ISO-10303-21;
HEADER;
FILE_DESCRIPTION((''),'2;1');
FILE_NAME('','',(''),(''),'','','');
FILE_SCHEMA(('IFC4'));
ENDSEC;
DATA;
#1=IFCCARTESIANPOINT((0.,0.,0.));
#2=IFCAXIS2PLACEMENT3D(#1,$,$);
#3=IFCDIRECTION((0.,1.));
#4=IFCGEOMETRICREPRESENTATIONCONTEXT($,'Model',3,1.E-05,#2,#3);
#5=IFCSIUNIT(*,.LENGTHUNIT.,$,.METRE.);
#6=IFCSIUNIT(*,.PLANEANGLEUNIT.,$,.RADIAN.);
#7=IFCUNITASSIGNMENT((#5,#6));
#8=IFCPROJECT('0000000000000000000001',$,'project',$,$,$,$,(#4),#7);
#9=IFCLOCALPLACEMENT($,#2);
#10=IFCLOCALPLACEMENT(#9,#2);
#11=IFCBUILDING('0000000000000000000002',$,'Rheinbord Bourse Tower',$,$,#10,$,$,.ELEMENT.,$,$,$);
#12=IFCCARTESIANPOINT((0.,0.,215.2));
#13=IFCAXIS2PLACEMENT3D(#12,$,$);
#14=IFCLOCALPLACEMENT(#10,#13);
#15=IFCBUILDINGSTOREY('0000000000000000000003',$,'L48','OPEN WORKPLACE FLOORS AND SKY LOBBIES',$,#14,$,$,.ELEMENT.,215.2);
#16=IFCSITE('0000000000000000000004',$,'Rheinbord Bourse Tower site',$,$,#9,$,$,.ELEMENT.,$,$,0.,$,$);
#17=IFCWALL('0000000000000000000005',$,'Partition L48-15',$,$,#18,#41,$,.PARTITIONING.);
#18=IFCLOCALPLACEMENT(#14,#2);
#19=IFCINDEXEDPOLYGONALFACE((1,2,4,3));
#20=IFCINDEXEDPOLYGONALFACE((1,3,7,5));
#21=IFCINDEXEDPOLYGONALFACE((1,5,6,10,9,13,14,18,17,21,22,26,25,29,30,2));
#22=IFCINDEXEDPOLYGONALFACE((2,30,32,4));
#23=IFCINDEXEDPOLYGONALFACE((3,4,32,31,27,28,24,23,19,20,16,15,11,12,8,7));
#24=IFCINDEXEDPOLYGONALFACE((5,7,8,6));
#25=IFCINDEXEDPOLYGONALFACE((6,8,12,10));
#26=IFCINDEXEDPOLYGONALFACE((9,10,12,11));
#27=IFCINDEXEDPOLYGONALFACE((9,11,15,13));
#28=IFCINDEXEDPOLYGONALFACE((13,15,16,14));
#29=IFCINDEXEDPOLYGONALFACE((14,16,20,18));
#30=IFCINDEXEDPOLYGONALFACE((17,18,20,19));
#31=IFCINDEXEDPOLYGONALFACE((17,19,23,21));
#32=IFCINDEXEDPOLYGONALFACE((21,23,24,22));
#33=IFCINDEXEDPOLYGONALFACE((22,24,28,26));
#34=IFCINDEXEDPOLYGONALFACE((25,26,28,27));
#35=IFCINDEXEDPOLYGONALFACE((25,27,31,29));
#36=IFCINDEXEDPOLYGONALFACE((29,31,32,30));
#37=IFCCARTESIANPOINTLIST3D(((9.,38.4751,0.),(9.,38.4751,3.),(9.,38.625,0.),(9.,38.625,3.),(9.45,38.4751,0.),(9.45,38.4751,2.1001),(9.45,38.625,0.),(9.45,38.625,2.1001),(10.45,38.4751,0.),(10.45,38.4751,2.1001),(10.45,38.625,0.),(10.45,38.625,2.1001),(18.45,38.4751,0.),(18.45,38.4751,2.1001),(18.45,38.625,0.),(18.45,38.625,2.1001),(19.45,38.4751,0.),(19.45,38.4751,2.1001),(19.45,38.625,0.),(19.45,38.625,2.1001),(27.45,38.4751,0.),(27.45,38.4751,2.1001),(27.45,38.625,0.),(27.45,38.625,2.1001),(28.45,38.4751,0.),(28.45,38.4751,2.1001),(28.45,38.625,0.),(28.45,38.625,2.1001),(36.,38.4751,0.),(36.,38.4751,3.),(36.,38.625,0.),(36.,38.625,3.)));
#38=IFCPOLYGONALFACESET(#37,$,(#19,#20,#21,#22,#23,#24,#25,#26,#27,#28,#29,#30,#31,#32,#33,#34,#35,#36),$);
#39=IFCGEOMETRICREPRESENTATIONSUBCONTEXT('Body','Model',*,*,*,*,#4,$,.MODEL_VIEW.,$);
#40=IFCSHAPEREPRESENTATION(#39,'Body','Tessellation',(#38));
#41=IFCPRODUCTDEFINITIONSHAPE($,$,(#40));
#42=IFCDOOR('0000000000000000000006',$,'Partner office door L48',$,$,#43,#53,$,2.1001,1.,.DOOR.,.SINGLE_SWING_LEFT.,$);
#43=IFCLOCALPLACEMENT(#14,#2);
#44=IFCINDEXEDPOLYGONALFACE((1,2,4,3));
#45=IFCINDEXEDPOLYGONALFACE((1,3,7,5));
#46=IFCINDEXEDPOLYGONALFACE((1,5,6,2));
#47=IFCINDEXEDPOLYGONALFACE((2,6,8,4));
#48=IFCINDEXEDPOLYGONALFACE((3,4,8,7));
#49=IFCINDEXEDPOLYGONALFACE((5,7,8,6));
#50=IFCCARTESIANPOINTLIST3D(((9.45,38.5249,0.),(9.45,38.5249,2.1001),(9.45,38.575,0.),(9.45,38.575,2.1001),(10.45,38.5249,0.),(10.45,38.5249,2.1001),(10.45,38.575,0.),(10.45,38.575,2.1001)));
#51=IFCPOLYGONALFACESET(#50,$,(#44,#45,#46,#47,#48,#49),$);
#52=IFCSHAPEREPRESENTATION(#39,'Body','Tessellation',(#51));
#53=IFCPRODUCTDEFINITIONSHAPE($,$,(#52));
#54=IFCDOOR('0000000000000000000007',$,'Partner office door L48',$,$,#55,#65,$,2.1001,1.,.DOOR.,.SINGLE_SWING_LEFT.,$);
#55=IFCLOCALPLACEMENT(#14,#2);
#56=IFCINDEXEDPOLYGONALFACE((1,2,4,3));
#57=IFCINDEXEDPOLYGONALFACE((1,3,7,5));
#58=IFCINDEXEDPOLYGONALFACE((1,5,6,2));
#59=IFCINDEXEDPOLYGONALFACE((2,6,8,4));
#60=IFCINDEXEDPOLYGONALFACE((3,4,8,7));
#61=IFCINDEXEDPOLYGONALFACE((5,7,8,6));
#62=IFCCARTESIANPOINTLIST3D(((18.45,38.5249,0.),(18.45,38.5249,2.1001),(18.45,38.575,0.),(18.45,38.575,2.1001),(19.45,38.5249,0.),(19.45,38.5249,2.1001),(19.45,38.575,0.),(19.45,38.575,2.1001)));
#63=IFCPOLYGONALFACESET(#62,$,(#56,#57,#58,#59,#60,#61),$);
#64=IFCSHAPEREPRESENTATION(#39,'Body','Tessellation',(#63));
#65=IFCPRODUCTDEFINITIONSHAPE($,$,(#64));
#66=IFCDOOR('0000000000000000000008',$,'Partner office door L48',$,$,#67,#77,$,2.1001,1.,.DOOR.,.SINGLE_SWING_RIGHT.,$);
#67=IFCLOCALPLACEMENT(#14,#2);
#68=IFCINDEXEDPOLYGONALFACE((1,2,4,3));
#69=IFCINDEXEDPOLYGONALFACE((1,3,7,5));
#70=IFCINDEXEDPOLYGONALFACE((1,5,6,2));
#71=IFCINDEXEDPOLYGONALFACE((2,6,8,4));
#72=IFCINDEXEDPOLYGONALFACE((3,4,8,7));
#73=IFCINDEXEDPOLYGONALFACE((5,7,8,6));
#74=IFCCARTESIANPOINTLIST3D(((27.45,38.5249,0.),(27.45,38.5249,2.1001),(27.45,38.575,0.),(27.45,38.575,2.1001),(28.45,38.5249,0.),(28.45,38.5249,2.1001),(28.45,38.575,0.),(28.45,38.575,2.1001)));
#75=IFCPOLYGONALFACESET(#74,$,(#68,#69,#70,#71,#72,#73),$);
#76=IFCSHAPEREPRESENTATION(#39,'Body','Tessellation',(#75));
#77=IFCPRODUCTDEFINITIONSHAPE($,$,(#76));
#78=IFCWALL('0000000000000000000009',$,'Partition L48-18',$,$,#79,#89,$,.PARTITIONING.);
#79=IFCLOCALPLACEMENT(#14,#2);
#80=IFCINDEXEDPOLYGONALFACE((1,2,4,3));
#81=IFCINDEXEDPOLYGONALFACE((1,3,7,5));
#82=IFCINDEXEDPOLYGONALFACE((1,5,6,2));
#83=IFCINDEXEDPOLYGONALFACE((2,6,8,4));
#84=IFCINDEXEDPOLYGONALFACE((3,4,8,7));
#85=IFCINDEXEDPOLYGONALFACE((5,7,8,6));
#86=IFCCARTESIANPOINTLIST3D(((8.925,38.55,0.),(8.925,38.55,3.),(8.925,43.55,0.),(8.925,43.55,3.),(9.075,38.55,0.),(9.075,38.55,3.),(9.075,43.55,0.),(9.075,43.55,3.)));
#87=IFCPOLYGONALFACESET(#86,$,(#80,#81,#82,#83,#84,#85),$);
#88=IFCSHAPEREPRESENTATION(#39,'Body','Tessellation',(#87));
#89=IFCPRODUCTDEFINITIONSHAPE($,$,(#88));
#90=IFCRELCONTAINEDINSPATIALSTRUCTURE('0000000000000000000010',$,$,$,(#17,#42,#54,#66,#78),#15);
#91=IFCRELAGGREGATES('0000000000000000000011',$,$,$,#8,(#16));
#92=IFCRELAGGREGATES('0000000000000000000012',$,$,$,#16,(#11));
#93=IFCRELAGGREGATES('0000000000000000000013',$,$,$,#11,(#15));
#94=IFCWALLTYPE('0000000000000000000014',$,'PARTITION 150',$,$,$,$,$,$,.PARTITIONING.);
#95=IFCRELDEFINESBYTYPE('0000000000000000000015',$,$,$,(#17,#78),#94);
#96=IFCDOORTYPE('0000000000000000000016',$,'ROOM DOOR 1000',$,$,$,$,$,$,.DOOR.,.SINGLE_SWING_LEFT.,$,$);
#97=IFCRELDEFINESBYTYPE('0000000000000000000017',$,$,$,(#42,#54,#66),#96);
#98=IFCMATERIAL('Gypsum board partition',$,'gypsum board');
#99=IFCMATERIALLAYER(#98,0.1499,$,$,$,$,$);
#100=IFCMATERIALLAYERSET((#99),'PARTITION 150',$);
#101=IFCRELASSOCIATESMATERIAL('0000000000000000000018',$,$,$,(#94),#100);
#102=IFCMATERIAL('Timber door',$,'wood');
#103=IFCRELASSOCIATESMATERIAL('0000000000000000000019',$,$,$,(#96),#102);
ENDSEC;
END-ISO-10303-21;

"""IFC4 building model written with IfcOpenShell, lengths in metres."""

from ifc_helpers import new_model, si_unit, direction, frame, frame_2d, origin, place, context, subcontext, project, spatial, rectangle, extrude, material, layer, layer_set, type_object, element, fill, save


model = new_model("IFC4")

# Units and contexts
model_context = context("Model", 3, precision=1e-05, world=origin(), true_north=direction((0.0, 1.0)))
body_context = subcontext(model_context, "Body", "Model", "MODEL_VIEW")
ifc_project = project(units=[si_unit("LENGTHUNIT", "METRE"), si_unit("PLANEANGLEUNIT", "RADIAN")], contexts=[model_context])

# Site, building, storey
site_placement = place(None, origin())
site = spatial("IfcSite", under=ifc_project, at=site_placement, Name="Rheinbord Bourse Tower site", CompositionType="ELEMENT", RefElevation=0.0)
building_placement = place(site_placement, origin())
building = spatial("IfcBuilding", under=site, at=building_placement, Name="Rheinbord Bourse Tower", CompositionType="ELEMENT")
storey_placement = place(building_placement, frame((0.0, 0.0, 215.2)))
storey = spatial("IfcBuildingStorey", under=building, at=storey_placement, Name="L48", Description="OPEN WORKPLACE FLOORS AND SKY LOBBIES", CompositionType="ELEMENT", Elevation=215.2)

# Shared definitions
ifc_material_1 = material(Name="Gypsum board partition", Category="gypsum board")
ifc_layer_1 = layer(ifc_material_1, 0.1499)
ifc_layer_set_1 = layer_set([ifc_layer_1], Name="PARTITION 150")
wall_type_1 = type_object("IfcWallType", Name="PARTITION 150", PredefinedType="PARTITIONING", material=ifc_layer_set_1)

# Wall, openings, doors
wall_1_placement = place(storey_placement, frame((9.0, 38.55, 0.0), z_axis=(0.0, 0.0, 1.0), x_axis=(1.0, 0.0, 0.0)))
wall_1 = element("IfcWall", 1, at=wall_1_placement, inside=storey, type_object=wall_type_1, Name="Partition L48-15", PredefinedType="PARTITIONING", context=body_context, shape_type="SweptSolid", body=[
    extrude(rectangle(XDim=27.0, YDim=0.1499, at=frame_2d((13.5, 0.0))), origin(), (0.0, 0.0, 1.0), 3.0),
])
opening_1_placement = place(wall_1_placement, frame((0.45, 0.0, 0.0)))
opening_1 = element("IfcOpeningElement", 2, at=opening_1_placement, cuts=wall_1, PredefinedType="OPENING", context=body_context, shape_type="SweptSolid", body=[
    extrude(rectangle(XDim=1.0, YDim=2.1001, at=frame_2d((0.5, 1.05))), frame((0.0, 0.085, 0.0), z_axis=(0.0, -1.0, 0.0), x_axis=(1.0, 0.0, 0.0)), (0.0, 0.0, 1.0), 0.1699),
])
opening_2_placement = place(wall_1_placement, frame((9.45, 0.0, 0.0)))
opening_2 = element("IfcOpeningElement", 3, at=opening_2_placement, cuts=wall_1, PredefinedType="OPENING", context=body_context, shape_type="SweptSolid", body=[
    extrude(rectangle(XDim=1.0, YDim=2.1001, at=frame_2d((0.5, 1.05))), frame((0.0, 0.085, 0.0), z_axis=(0.0, -1.0, 0.0), x_axis=(1.0, 0.0, 0.0)), (0.0, 0.0, 1.0), 0.1699),
])
opening_3_placement = place(wall_1_placement, frame((18.45, 0.0, 0.0)))
opening_3 = element("IfcOpeningElement", 4, at=opening_3_placement, cuts=wall_1, PredefinedType="OPENING", context=body_context, shape_type="SweptSolid", body=[
    extrude(rectangle(XDim=1.0, YDim=2.1001, at=frame_2d((0.5, 1.05))), frame((0.0, 0.085, 0.0), z_axis=(0.0, -1.0, 0.0), x_axis=(1.0, 0.0, 0.0)), (0.0, 0.0, 1.0), 0.1699),
])
ifc_material_2 = material(Name="Timber door", Category="wood")
door_type = type_object("IfcDoorType", Name="ROOM DOOR 1000", OperationType="SINGLE_SWING_LEFT", PredefinedType="DOOR", material=ifc_material_2)
door_1_placement = place(opening_1_placement, origin())
door_1 = element("IfcDoor", 5, at=door_1_placement, inside=storey, type_object=door_type, Name="Partner office door L48", OperationType="SINGLE_SWING_LEFT", OverallHeight=2.1001, OverallWidth=1.0, PredefinedType="DOOR", context=body_context, shape_type="SweptSolid", body=[
    extrude(rectangle(XDim=1.0, YDim=2.1001, at=frame_2d((0.5, 1.05))), frame((0.0, 0.0249, 0.0), z_axis=(0.0, -1.0, 0.0), x_axis=(1.0, 0.0, 0.0)), (0.0, 0.0, 1.0), 0.05),
])
fill(opening_1, door_1)
door_2_placement = place(opening_2_placement, origin())
door_2 = element("IfcDoor", 6, at=door_2_placement, inside=storey, type_object=door_type, Name="Partner office door L48", OperationType="SINGLE_SWING_LEFT", OverallHeight=2.1001, OverallWidth=1.0, PredefinedType="DOOR", context=body_context, shape_type="SweptSolid", body=[
    extrude(rectangle(XDim=1.0, YDim=2.1001, at=frame_2d((0.5, 1.05))), frame((0.0, 0.0249, 0.0), z_axis=(0.0, -1.0, 0.0), x_axis=(1.0, 0.0, 0.0)), (0.0, 0.0, 1.0), 0.05),
])
fill(opening_2, door_2)
door_3_placement = place(opening_3_placement, origin())
door_3 = element("IfcDoor", 7, at=door_3_placement, inside=storey, type_object=door_type, Name="Partner office door L48", OperationType="SINGLE_SWING_RIGHT", OverallHeight=2.1001, OverallWidth=1.0, PredefinedType="DOOR", context=body_context, shape_type="SweptSolid", body=[
    extrude(rectangle(XDim=1.0, YDim=2.1001, at=frame_2d((0.5, 1.05))), frame((0.0, 0.0249, 0.0), z_axis=(0.0, -1.0, 0.0), x_axis=(1.0, 0.0, 0.0)), (0.0, 0.0, 1.0), 0.05),
])
fill(opening_3, door_3)

# Wall
wall_2_placement = place(storey_placement, frame((9.0, 38.55, 0.0), z_axis=(0.0, 0.0, 1.0), x_axis=(0.0, 1.0, 0.0)))
element("IfcWall", 8, at=wall_2_placement, inside=storey, type_object=wall_type_1, Name="Partition L48-18", PredefinedType="PARTITIONING", context=body_context, shape_type="SweptSolid", body=[
    extrude(rectangle(XDim=5.0, YDim=0.1499, at=frame_2d((2.5, 0.0))), origin(), (0.0, 0.0, 1.0), 3.0),
])

save(model, "model.ifc")
